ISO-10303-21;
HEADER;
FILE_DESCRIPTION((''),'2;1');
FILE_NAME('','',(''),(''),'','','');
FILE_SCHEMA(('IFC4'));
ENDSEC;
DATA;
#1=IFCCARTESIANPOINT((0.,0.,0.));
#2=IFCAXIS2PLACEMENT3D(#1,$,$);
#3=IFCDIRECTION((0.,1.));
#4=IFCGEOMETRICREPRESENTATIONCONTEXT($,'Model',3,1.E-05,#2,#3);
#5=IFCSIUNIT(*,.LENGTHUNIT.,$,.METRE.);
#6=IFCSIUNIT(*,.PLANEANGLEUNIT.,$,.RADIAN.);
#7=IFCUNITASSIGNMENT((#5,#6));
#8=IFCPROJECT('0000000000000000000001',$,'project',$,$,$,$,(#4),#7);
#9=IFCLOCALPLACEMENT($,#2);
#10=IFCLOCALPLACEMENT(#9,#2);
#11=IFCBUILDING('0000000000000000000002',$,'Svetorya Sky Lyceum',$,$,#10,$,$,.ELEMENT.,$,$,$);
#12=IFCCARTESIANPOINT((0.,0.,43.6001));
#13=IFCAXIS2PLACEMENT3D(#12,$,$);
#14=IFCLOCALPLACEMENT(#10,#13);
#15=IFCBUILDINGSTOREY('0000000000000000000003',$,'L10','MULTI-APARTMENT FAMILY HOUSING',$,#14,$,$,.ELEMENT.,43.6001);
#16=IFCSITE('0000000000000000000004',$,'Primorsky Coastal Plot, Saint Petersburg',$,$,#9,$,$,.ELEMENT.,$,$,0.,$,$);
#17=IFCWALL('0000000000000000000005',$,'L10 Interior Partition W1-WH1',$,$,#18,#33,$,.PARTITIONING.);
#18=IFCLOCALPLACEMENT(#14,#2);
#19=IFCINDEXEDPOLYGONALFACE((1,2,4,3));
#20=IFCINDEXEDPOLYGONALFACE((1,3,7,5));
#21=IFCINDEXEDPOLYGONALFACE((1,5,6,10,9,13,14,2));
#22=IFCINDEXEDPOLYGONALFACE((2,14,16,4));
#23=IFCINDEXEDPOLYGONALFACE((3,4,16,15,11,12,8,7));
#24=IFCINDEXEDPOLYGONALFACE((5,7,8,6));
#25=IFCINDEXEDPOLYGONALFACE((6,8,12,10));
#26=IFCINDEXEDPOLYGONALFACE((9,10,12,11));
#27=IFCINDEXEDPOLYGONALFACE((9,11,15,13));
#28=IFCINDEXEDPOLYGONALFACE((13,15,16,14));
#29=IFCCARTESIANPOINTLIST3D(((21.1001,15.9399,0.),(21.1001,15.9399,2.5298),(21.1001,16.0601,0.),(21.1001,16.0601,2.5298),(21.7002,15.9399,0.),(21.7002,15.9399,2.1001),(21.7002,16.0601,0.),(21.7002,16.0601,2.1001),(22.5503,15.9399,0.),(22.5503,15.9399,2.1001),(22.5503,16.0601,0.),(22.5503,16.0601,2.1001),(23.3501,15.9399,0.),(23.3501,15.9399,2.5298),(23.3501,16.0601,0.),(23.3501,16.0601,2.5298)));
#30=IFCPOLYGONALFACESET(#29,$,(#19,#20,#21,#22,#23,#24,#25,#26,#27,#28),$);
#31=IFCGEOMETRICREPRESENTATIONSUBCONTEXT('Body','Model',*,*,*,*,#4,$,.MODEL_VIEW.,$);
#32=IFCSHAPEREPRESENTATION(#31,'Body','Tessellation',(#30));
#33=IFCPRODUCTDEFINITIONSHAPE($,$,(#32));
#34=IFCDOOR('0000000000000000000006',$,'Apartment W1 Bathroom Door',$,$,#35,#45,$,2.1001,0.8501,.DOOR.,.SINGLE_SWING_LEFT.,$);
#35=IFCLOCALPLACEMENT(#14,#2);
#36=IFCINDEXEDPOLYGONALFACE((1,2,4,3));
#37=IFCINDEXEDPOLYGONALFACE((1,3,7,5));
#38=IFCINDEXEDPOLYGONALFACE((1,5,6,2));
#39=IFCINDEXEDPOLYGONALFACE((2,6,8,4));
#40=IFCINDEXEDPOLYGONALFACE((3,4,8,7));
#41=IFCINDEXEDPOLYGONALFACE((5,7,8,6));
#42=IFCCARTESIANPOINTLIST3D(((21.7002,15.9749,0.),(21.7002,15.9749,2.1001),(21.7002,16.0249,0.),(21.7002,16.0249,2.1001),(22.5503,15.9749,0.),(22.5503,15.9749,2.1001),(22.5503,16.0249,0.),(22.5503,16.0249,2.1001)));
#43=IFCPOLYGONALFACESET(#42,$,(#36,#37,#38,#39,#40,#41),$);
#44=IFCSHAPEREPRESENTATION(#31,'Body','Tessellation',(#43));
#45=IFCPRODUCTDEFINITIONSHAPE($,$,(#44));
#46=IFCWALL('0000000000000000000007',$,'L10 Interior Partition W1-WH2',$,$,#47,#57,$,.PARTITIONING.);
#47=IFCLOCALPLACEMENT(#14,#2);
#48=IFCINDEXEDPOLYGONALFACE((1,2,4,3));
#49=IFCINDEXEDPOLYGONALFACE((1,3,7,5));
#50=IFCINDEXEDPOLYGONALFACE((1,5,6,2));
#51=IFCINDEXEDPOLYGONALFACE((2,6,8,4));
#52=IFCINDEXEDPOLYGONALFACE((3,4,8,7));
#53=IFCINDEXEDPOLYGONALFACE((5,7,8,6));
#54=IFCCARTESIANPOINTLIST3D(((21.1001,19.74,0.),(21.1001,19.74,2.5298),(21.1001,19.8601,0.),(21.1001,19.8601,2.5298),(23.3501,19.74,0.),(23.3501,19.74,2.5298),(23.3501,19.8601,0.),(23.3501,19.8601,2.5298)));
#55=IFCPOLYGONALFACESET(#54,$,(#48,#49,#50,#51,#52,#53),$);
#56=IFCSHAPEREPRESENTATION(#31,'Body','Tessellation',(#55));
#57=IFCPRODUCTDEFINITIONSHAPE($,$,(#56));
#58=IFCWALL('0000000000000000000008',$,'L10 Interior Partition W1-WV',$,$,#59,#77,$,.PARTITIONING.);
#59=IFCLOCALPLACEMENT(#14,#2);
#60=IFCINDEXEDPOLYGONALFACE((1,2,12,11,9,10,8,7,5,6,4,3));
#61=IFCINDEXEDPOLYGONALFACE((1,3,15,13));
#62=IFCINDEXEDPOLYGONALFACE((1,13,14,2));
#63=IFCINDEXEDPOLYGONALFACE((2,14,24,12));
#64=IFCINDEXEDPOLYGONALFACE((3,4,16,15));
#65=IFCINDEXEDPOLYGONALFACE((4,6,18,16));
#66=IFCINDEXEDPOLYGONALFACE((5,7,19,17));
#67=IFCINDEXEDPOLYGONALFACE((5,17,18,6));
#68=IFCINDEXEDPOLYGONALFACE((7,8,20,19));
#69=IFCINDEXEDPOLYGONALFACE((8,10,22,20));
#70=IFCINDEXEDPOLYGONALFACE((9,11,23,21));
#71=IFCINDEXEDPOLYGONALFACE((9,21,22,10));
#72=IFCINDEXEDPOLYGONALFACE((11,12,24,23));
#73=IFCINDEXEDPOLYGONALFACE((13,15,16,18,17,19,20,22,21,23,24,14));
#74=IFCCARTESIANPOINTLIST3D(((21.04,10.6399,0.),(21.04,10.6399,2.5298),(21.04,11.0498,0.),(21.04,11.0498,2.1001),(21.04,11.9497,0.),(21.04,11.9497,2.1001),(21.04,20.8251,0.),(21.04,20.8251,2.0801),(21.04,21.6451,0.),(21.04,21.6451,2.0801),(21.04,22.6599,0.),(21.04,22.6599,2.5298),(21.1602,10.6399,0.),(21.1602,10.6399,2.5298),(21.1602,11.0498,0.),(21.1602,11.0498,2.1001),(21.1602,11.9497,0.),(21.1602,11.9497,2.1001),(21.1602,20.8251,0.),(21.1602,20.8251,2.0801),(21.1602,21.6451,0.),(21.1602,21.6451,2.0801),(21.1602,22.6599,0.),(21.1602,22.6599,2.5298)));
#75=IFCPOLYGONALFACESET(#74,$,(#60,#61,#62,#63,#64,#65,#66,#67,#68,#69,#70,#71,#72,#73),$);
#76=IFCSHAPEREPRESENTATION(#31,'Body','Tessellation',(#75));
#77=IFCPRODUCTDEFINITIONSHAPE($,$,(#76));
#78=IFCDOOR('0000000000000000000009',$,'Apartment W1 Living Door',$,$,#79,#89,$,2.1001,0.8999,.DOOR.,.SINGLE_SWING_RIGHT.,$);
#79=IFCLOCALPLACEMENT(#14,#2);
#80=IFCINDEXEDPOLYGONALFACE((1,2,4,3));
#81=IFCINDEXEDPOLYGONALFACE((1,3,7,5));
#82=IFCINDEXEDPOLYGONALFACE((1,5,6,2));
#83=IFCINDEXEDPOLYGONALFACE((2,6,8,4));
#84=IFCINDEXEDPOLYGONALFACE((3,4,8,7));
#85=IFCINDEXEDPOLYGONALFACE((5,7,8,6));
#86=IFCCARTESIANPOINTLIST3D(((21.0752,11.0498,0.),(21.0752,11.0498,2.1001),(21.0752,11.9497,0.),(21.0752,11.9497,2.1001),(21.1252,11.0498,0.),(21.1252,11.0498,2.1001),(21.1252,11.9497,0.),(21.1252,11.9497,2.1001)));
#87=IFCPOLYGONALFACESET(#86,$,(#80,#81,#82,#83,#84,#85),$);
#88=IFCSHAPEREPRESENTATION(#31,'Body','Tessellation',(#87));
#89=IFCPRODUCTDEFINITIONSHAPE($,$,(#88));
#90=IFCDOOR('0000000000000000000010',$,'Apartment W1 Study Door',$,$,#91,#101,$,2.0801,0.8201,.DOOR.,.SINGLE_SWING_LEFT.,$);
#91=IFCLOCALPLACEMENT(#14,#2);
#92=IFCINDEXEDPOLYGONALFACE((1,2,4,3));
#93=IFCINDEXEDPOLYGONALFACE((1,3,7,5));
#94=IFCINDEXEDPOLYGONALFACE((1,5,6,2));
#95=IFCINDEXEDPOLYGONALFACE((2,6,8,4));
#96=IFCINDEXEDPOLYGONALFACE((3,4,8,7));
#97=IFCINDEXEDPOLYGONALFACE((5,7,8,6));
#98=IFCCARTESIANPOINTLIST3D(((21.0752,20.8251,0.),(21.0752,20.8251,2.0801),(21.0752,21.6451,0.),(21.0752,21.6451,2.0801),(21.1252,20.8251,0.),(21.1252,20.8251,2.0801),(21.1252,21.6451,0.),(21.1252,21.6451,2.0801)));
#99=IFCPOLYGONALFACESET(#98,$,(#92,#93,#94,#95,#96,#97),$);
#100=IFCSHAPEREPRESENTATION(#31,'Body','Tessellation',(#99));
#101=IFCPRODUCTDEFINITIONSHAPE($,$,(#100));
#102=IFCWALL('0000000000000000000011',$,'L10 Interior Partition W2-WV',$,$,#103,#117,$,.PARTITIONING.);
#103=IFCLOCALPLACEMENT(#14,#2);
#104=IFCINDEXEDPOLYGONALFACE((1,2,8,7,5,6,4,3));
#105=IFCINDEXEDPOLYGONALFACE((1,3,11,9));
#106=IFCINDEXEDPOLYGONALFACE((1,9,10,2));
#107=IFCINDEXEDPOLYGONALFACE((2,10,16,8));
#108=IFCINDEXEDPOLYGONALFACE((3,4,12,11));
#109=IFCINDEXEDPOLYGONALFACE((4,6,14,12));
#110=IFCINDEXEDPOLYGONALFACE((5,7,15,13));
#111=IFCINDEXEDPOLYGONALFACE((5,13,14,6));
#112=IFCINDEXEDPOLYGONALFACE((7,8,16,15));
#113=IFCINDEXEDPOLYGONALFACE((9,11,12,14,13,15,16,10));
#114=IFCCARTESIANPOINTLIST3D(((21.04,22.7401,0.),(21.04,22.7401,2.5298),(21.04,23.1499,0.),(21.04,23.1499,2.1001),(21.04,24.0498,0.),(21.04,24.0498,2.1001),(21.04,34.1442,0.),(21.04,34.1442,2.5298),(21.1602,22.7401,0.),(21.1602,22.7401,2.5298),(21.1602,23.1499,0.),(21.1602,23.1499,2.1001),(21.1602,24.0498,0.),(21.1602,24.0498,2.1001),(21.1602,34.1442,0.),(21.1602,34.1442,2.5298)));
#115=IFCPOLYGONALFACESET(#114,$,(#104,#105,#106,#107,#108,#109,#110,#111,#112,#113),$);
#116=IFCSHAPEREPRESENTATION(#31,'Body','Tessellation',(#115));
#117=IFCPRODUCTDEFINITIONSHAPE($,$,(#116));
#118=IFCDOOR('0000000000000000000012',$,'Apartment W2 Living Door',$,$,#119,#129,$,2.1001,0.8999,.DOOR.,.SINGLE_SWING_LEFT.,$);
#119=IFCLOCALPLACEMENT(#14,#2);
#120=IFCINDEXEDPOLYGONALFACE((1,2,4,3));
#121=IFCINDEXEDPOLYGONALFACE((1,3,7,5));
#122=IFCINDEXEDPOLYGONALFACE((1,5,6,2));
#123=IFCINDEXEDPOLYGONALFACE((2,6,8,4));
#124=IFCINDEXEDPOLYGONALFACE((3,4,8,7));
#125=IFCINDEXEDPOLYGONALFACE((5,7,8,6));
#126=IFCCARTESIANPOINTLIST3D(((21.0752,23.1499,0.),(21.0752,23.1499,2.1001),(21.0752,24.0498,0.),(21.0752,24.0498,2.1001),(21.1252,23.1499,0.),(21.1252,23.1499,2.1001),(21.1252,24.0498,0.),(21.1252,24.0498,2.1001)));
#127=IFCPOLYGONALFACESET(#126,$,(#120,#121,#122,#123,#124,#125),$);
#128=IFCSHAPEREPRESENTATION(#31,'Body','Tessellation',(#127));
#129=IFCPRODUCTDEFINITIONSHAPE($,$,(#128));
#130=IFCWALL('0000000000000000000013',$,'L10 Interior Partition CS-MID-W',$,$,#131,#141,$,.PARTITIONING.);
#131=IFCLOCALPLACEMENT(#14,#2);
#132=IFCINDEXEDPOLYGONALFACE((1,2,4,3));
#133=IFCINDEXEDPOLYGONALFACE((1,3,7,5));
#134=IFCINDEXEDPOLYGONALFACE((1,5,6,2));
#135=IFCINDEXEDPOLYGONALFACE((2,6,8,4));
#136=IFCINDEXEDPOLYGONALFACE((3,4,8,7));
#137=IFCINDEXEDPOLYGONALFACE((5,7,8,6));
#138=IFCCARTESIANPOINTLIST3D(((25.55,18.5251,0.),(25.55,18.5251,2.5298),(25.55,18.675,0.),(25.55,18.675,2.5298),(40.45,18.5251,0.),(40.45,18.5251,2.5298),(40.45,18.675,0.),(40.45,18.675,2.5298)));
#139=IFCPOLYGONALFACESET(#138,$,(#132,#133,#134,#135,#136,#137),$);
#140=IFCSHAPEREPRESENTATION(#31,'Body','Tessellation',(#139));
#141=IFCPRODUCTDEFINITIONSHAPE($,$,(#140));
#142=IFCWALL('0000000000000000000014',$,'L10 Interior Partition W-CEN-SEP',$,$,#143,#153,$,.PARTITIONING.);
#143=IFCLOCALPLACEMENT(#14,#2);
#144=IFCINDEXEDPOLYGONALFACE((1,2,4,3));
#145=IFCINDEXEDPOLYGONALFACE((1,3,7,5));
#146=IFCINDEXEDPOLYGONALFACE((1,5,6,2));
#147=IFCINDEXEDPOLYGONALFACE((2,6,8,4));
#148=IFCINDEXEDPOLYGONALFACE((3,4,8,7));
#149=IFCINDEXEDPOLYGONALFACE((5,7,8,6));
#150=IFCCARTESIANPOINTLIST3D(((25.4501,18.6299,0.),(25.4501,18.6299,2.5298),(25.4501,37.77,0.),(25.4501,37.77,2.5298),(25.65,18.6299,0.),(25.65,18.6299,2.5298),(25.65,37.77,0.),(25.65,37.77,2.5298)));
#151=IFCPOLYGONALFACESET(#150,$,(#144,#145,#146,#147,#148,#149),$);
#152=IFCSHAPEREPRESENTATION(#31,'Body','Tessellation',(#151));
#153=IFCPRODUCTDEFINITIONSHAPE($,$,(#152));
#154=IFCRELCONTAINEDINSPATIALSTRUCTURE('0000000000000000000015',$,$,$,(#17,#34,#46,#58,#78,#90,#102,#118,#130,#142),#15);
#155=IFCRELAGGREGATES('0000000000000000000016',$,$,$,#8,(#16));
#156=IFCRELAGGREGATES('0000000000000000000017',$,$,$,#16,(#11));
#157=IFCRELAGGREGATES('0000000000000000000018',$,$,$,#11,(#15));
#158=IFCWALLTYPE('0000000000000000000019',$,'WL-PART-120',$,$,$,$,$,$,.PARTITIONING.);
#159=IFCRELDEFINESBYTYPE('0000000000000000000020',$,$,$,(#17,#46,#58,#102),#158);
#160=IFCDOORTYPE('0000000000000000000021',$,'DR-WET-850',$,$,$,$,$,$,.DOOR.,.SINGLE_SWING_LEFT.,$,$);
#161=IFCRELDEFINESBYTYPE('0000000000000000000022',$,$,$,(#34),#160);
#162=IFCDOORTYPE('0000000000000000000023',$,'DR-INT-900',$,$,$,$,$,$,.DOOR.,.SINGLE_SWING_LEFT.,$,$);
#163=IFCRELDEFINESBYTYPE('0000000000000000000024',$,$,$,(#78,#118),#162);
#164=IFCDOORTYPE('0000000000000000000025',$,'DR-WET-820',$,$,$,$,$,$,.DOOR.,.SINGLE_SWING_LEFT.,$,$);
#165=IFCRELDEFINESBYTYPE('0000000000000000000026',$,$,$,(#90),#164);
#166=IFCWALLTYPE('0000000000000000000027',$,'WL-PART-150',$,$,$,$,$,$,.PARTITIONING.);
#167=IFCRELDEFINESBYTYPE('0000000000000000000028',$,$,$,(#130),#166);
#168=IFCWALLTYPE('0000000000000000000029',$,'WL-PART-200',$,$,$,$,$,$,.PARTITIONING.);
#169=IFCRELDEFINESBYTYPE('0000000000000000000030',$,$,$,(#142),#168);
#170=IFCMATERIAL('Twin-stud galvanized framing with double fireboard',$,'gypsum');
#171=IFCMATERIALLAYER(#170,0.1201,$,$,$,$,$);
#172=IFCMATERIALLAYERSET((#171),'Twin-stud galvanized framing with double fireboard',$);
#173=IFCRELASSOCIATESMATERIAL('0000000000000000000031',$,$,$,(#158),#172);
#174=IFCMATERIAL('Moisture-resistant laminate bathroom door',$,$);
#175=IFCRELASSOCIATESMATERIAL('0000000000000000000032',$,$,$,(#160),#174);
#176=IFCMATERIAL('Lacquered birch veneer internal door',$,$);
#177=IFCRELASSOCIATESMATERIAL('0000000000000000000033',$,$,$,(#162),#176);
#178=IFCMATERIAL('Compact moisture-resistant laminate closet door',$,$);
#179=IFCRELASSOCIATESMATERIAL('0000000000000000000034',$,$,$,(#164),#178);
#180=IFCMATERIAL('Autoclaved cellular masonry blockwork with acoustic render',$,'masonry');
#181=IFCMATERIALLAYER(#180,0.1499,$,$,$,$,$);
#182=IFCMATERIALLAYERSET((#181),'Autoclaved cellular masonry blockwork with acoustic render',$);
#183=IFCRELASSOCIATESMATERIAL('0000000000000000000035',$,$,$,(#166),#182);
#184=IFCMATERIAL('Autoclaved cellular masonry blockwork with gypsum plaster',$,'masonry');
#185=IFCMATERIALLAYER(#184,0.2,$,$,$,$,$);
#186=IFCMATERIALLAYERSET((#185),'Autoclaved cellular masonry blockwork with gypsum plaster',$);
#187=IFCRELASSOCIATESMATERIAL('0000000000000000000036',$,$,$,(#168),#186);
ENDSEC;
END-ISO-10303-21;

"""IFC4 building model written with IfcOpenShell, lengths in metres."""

from ifc_helpers import new_model, si_unit, direction, frame, frame_2d, origin, place, context, subcontext, project, spatial, rectangle, extrude, material, layer, layer_set, type_object, element, fill, save


model = new_model("IFC4")

# Units and contexts
model_context = context("Model", 3, precision=1e-05, world=origin(), true_north=direction((0.0, 1.0)))
body_context = subcontext(model_context, "Body", "Model", "MODEL_VIEW")
ifc_project = project(units=[si_unit("LENGTHUNIT", "METRE"), si_unit("PLANEANGLEUNIT", "RADIAN")], contexts=[model_context])

# Site, building, storey
site_placement = place(None, origin())
site = spatial("IfcSite", under=ifc_project, at=site_placement, Name="Primorsky Coastal Plot, Saint Petersburg", CompositionType="ELEMENT", RefElevation=0.0)
building_placement = place(site_placement, origin())
building = spatial("IfcBuilding", under=site, at=building_placement, Name="Svetorya Sky Lyceum", CompositionType="ELEMENT")
storey_placement = place(building_placement, frame((0.0, 0.0, 43.6001)))
storey = spatial("IfcBuildingStorey", under=building, at=storey_placement, Name="L10", Description="MULTI-APARTMENT FAMILY HOUSING", CompositionType="ELEMENT", Elevation=43.6001)

# Wall, opening, door
ifc_material_1 = material(Name="Twin-stud galvanized framing with double fireboard", Category="gypsum")
ifc_layer_1 = layer(ifc_material_1, 0.1201)
ifc_layer_set_1 = layer_set([ifc_layer_1], Name="Twin-stud galvanized framing with double fireboard")
wall_type_1 = type_object("IfcWallType", Name="WL-PART-120", PredefinedType="PARTITIONING", material=ifc_layer_set_1)
wall_1_placement = place(storey_placement, frame((21.1001, 16.0, 0.0), z_axis=(0.0, 0.0, 1.0), x_axis=(1.0, 0.0, 0.0)))
wall_1 = element("IfcWall", 1, at=wall_1_placement, inside=storey, type_object=wall_type_1, Name="L10 Interior Partition W1-WH1", PredefinedType="PARTITIONING", context=body_context, shape_type="SweptSolid", body=[
    extrude(rectangle(XDim=2.25, YDim=0.1201, at=frame_2d((1.125, 0.0))), origin(), (0.0, 0.0, 1.0), 2.5298),
])
opening_1_placement = place(wall_1_placement, frame((0.6001, 0.0, 0.0)))
opening_1 = element("IfcOpeningElement", 2, at=opening_1_placement, cuts=wall_1, PredefinedType="OPENING", context=body_context, shape_type="SweptSolid", body=[
    extrude(rectangle(XDim=0.8501, YDim=2.1001, at=frame_2d((0.425, 1.05))), frame((0.0, 0.0701, 0.0), z_axis=(0.0, -1.0, 0.0), x_axis=(1.0, 0.0, 0.0)), (0.0, 0.0, 1.0), 0.1401),
])
ifc_material_2 = material(Name="Moisture-resistant laminate bathroom door")
door_type_1 = type_object("IfcDoorType", Name="DR-WET-850", OperationType="SINGLE_SWING_LEFT", PredefinedType="DOOR", material=ifc_material_2)
door_1_placement = place(opening_1_placement, origin())
door_1 = element("IfcDoor", 3, at=door_1_placement, inside=storey, type_object=door_type_1, Name="Apartment W1 Bathroom Door", OperationType="SINGLE_SWING_LEFT", OverallHeight=2.1001, OverallWidth=0.8501, PredefinedType="DOOR", context=body_context, shape_type="SweptSolid", body=[
    extrude(rectangle(XDim=0.8501, YDim=2.1001, at=frame_2d((0.425, 1.05))), frame((0.0, 0.0249, 0.0), z_axis=(0.0, -1.0, 0.0), x_axis=(1.0, 0.0, 0.0)), (0.0, 0.0, 1.0), 0.05),
])
fill(opening_1, door_1)

# Wall
wall_2_placement = place(storey_placement, frame((21.1001, 19.8, 0.0), z_axis=(0.0, 0.0, 1.0), x_axis=(1.0, 0.0, 0.0)))
element("IfcWall", 4, at=wall_2_placement, inside=storey, type_object=wall_type_1, Name="L10 Interior Partition W1-WH2", PredefinedType="PARTITIONING", context=body_context, shape_type="SweptSolid", body=[
    extrude(rectangle(XDim=2.25, YDim=0.1201, at=frame_2d((1.125, 0.0))), origin(), (0.0, 0.0, 1.0), 2.5298),
])

# Wall, openings, doors
wall_3_placement = place(storey_placement, frame((21.1001, 10.6399, 0.0), z_axis=(0.0, 0.0, 1.0), x_axis=(0.0, 1.0, 0.0)))
wall_3 = element("IfcWall", 5, at=wall_3_placement, inside=storey, type_object=wall_type_1, Name="L10 Interior Partition W1-WV", PredefinedType="PARTITIONING", context=body_context, shape_type="SweptSolid", body=[
    extrude(rectangle(XDim=12.02, YDim=0.1201, at=frame_2d((6.01, 0.0))), origin(), (0.0, 0.0, 1.0), 2.5298),
])
opening_2_placement = place(wall_3_placement, frame((0.4099, 0.0, 0.0)))
opening_2 = element("IfcOpeningElement", 6, at=opening_2_placement, cuts=wall_3, PredefinedType="OPENING", context=body_context, shape_type="SweptSolid", body=[
    extrude(rectangle(XDim=0.8999, YDim=2.1001, at=frame_2d((0.45, 1.05))), frame((0.0, 0.0701, 0.0), z_axis=(0.0, -1.0, 0.0), x_axis=(1.0, 0.0, 0.0)), (0.0, 0.0, 1.0), 0.1401),
])
opening_3_placement = place(wall_3_placement, frame((10.1851, 0.0, 0.0)))
opening_3 = element("IfcOpeningElement", 7, at=opening_3_placement, cuts=wall_3, PredefinedType="OPENING", context=body_context, shape_type="SweptSolid", body=[
    extrude(rectangle(XDim=0.8201, YDim=2.0801, at=frame_2d((0.4102, 1.04))), frame((0.0, 0.0701, 0.0), z_axis=(0.0, -1.0, 0.0), x_axis=(1.0, 0.0, 0.0)), (0.0, 0.0, 1.0), 0.1401),
])
ifc_material_3 = material(Name="Lacquered birch veneer internal door")
door_type_2 = type_object("IfcDoorType", Name="DR-INT-900", OperationType="SINGLE_SWING_LEFT", PredefinedType="DOOR", material=ifc_material_3)
door_2_placement = place(opening_2_placement, origin())
door_2 = element("IfcDoor", 8, at=door_2_placement, inside=storey, type_object=door_type_2, Name="Apartment W1 Living Door", OperationType="SINGLE_SWING_RIGHT", OverallHeight=2.1001, OverallWidth=0.8999, PredefinedType="DOOR", context=body_context, shape_type="SweptSolid", body=[
    extrude(rectangle(XDim=0.8999, YDim=2.1001, at=frame_2d((0.45, 1.05))), frame((0.0, 0.0249, 0.0), z_axis=(0.0, -1.0, 0.0), x_axis=(1.0, 0.0, 0.0)), (0.0, 0.0, 1.0), 0.05),
])
fill(opening_2, door_2)
ifc_material_4 = material(Name="Compact moisture-resistant laminate closet door")
door_type_3 = type_object("IfcDoorType", Name="DR-WET-820", OperationType="SINGLE_SWING_LEFT", PredefinedType="DOOR", material=ifc_material_4)
door_3_placement = place(opening_3_placement, origin())
door_3 = element("IfcDoor", 9, at=door_3_placement, inside=storey, type_object=door_type_3, Name="Apartment W1 Study Door", OperationType="SINGLE_SWING_LEFT", OverallHeight=2.0801, OverallWidth=0.8201, PredefinedType="DOOR", context=body_context, shape_type="SweptSolid", body=[
    extrude(rectangle(XDim=0.8201, YDim=2.0801, at=frame_2d((0.4102, 1.04))), frame((0.0, 0.0249, 0.0), z_axis=(0.0, -1.0, 0.0), x_axis=(1.0, 0.0, 0.0)), (0.0, 0.0, 1.0), 0.05),
])
fill(opening_3, door_3)

# Wall, opening, door
wall_4_placement = place(storey_placement, frame((21.1001, 22.74, 0.0), z_axis=(0.0, 0.0, 1.0), x_axis=(0.0, 1.0, 0.0)))
wall_4 = element("IfcWall", 10, at=wall_4_placement, inside=storey, type_object=wall_type_1, Name="L10 Interior Partition W2-WV", PredefinedType="PARTITIONING", context=body_context, shape_type="SweptSolid", body=[
    extrude(rectangle(XDim=11.4041, YDim=0.1201, at=frame_2d((5.7021, 0.0))), origin(), (0.0, 0.0, 1.0), 2.5298),
])
opening_4_placement = place(wall_4_placement, frame((0.4099, 0.0, 0.0)))
opening_4 = element("IfcOpeningElement", 11, at=opening_4_placement, cuts=wall_4, PredefinedType="OPENING", context=body_context, shape_type="SweptSolid", body=[
    extrude(rectangle(XDim=0.8999, YDim=2.1001, at=frame_2d((0.45, 1.05))), frame((0.0, 0.0701, 0.0), z_axis=(0.0, -1.0, 0.0), x_axis=(1.0, 0.0, 0.0)), (0.0, 0.0, 1.0), 0.1401),
])
door_4_placement = place(opening_4_placement, origin())
door_4 = element("IfcDoor", 12, at=door_4_placement, inside=storey, type_object=door_type_2, Name="Apartment W2 Living Door", OperationType="SINGLE_SWING_LEFT", OverallHeight=2.1001, OverallWidth=0.8999, PredefinedType="DOOR", context=body_context, shape_type="SweptSolid", body=[
    extrude(rectangle(XDim=0.8999, YDim=2.1001, at=frame_2d((0.45, 1.05))), frame((0.0, 0.0249, 0.0), z_axis=(0.0, -1.0, 0.0), x_axis=(1.0, 0.0, 0.0)), (0.0, 0.0, 1.0), 0.05),
])
fill(opening_4, door_4)

# Walls
ifc_material_5 = material(Name="Autoclaved cellular masonry blockwork with acoustic render", Category="masonry")
ifc_layer_2 = layer(ifc_material_5, 0.1499)
ifc_layer_set_2 = layer_set([ifc_layer_2], Name="Autoclaved cellular masonry blockwork with acoustic render")
wall_type_2 = type_object("IfcWallType", Name="WL-PART-150", PredefinedType="PARTITIONING", material=ifc_layer_set_2)
wall_5_placement = place(storey_placement, frame((25.55, 18.6001, 0.0), z_axis=(0.0, 0.0, 1.0), x_axis=(1.0, 0.0, 0.0)))
element("IfcWall", 13, at=wall_5_placement, inside=storey, type_object=wall_type_2, Name="L10 Interior Partition CS-MID-W", PredefinedType="PARTITIONING", context=body_context, shape_type="SweptSolid", body=[
    extrude(rectangle(XDim=14.8999, YDim=0.1499, at=frame_2d((7.45, 0.0))), origin(), (0.0, 0.0, 1.0), 2.5298),
])
ifc_material_6 = material(Name="Autoclaved cellular masonry blockwork with gypsum plaster", Category="masonry")
ifc_layer_3 = layer(ifc_material_6, 0.2)
ifc_layer_set_3 = layer_set([ifc_layer_3], Name="Autoclaved cellular masonry blockwork with gypsum plaster")
wall_type_3 = type_object("IfcWallType", Name="WL-PART-200", PredefinedType="PARTITIONING", material=ifc_layer_set_3)
wall_6_placement = place(storey_placement, frame((25.55, 18.6299, 0.0), z_axis=(0.0, 0.0, 1.0), x_axis=(0.0, 1.0, 0.0)))
element("IfcWall", 14, at=wall_6_placement, inside=storey, type_object=wall_type_3, Name="L10 Interior Partition W-CEN-SEP", PredefinedType="PARTITIONING", context=body_context, shape_type="SweptSolid", body=[
    extrude(rectangle(XDim=19.1401, YDim=0.2, at=frame_2d((9.5701, 0.0))), origin(), (0.0, 0.0, 1.0), 2.5298),
])

save(model, "model.ifc")
